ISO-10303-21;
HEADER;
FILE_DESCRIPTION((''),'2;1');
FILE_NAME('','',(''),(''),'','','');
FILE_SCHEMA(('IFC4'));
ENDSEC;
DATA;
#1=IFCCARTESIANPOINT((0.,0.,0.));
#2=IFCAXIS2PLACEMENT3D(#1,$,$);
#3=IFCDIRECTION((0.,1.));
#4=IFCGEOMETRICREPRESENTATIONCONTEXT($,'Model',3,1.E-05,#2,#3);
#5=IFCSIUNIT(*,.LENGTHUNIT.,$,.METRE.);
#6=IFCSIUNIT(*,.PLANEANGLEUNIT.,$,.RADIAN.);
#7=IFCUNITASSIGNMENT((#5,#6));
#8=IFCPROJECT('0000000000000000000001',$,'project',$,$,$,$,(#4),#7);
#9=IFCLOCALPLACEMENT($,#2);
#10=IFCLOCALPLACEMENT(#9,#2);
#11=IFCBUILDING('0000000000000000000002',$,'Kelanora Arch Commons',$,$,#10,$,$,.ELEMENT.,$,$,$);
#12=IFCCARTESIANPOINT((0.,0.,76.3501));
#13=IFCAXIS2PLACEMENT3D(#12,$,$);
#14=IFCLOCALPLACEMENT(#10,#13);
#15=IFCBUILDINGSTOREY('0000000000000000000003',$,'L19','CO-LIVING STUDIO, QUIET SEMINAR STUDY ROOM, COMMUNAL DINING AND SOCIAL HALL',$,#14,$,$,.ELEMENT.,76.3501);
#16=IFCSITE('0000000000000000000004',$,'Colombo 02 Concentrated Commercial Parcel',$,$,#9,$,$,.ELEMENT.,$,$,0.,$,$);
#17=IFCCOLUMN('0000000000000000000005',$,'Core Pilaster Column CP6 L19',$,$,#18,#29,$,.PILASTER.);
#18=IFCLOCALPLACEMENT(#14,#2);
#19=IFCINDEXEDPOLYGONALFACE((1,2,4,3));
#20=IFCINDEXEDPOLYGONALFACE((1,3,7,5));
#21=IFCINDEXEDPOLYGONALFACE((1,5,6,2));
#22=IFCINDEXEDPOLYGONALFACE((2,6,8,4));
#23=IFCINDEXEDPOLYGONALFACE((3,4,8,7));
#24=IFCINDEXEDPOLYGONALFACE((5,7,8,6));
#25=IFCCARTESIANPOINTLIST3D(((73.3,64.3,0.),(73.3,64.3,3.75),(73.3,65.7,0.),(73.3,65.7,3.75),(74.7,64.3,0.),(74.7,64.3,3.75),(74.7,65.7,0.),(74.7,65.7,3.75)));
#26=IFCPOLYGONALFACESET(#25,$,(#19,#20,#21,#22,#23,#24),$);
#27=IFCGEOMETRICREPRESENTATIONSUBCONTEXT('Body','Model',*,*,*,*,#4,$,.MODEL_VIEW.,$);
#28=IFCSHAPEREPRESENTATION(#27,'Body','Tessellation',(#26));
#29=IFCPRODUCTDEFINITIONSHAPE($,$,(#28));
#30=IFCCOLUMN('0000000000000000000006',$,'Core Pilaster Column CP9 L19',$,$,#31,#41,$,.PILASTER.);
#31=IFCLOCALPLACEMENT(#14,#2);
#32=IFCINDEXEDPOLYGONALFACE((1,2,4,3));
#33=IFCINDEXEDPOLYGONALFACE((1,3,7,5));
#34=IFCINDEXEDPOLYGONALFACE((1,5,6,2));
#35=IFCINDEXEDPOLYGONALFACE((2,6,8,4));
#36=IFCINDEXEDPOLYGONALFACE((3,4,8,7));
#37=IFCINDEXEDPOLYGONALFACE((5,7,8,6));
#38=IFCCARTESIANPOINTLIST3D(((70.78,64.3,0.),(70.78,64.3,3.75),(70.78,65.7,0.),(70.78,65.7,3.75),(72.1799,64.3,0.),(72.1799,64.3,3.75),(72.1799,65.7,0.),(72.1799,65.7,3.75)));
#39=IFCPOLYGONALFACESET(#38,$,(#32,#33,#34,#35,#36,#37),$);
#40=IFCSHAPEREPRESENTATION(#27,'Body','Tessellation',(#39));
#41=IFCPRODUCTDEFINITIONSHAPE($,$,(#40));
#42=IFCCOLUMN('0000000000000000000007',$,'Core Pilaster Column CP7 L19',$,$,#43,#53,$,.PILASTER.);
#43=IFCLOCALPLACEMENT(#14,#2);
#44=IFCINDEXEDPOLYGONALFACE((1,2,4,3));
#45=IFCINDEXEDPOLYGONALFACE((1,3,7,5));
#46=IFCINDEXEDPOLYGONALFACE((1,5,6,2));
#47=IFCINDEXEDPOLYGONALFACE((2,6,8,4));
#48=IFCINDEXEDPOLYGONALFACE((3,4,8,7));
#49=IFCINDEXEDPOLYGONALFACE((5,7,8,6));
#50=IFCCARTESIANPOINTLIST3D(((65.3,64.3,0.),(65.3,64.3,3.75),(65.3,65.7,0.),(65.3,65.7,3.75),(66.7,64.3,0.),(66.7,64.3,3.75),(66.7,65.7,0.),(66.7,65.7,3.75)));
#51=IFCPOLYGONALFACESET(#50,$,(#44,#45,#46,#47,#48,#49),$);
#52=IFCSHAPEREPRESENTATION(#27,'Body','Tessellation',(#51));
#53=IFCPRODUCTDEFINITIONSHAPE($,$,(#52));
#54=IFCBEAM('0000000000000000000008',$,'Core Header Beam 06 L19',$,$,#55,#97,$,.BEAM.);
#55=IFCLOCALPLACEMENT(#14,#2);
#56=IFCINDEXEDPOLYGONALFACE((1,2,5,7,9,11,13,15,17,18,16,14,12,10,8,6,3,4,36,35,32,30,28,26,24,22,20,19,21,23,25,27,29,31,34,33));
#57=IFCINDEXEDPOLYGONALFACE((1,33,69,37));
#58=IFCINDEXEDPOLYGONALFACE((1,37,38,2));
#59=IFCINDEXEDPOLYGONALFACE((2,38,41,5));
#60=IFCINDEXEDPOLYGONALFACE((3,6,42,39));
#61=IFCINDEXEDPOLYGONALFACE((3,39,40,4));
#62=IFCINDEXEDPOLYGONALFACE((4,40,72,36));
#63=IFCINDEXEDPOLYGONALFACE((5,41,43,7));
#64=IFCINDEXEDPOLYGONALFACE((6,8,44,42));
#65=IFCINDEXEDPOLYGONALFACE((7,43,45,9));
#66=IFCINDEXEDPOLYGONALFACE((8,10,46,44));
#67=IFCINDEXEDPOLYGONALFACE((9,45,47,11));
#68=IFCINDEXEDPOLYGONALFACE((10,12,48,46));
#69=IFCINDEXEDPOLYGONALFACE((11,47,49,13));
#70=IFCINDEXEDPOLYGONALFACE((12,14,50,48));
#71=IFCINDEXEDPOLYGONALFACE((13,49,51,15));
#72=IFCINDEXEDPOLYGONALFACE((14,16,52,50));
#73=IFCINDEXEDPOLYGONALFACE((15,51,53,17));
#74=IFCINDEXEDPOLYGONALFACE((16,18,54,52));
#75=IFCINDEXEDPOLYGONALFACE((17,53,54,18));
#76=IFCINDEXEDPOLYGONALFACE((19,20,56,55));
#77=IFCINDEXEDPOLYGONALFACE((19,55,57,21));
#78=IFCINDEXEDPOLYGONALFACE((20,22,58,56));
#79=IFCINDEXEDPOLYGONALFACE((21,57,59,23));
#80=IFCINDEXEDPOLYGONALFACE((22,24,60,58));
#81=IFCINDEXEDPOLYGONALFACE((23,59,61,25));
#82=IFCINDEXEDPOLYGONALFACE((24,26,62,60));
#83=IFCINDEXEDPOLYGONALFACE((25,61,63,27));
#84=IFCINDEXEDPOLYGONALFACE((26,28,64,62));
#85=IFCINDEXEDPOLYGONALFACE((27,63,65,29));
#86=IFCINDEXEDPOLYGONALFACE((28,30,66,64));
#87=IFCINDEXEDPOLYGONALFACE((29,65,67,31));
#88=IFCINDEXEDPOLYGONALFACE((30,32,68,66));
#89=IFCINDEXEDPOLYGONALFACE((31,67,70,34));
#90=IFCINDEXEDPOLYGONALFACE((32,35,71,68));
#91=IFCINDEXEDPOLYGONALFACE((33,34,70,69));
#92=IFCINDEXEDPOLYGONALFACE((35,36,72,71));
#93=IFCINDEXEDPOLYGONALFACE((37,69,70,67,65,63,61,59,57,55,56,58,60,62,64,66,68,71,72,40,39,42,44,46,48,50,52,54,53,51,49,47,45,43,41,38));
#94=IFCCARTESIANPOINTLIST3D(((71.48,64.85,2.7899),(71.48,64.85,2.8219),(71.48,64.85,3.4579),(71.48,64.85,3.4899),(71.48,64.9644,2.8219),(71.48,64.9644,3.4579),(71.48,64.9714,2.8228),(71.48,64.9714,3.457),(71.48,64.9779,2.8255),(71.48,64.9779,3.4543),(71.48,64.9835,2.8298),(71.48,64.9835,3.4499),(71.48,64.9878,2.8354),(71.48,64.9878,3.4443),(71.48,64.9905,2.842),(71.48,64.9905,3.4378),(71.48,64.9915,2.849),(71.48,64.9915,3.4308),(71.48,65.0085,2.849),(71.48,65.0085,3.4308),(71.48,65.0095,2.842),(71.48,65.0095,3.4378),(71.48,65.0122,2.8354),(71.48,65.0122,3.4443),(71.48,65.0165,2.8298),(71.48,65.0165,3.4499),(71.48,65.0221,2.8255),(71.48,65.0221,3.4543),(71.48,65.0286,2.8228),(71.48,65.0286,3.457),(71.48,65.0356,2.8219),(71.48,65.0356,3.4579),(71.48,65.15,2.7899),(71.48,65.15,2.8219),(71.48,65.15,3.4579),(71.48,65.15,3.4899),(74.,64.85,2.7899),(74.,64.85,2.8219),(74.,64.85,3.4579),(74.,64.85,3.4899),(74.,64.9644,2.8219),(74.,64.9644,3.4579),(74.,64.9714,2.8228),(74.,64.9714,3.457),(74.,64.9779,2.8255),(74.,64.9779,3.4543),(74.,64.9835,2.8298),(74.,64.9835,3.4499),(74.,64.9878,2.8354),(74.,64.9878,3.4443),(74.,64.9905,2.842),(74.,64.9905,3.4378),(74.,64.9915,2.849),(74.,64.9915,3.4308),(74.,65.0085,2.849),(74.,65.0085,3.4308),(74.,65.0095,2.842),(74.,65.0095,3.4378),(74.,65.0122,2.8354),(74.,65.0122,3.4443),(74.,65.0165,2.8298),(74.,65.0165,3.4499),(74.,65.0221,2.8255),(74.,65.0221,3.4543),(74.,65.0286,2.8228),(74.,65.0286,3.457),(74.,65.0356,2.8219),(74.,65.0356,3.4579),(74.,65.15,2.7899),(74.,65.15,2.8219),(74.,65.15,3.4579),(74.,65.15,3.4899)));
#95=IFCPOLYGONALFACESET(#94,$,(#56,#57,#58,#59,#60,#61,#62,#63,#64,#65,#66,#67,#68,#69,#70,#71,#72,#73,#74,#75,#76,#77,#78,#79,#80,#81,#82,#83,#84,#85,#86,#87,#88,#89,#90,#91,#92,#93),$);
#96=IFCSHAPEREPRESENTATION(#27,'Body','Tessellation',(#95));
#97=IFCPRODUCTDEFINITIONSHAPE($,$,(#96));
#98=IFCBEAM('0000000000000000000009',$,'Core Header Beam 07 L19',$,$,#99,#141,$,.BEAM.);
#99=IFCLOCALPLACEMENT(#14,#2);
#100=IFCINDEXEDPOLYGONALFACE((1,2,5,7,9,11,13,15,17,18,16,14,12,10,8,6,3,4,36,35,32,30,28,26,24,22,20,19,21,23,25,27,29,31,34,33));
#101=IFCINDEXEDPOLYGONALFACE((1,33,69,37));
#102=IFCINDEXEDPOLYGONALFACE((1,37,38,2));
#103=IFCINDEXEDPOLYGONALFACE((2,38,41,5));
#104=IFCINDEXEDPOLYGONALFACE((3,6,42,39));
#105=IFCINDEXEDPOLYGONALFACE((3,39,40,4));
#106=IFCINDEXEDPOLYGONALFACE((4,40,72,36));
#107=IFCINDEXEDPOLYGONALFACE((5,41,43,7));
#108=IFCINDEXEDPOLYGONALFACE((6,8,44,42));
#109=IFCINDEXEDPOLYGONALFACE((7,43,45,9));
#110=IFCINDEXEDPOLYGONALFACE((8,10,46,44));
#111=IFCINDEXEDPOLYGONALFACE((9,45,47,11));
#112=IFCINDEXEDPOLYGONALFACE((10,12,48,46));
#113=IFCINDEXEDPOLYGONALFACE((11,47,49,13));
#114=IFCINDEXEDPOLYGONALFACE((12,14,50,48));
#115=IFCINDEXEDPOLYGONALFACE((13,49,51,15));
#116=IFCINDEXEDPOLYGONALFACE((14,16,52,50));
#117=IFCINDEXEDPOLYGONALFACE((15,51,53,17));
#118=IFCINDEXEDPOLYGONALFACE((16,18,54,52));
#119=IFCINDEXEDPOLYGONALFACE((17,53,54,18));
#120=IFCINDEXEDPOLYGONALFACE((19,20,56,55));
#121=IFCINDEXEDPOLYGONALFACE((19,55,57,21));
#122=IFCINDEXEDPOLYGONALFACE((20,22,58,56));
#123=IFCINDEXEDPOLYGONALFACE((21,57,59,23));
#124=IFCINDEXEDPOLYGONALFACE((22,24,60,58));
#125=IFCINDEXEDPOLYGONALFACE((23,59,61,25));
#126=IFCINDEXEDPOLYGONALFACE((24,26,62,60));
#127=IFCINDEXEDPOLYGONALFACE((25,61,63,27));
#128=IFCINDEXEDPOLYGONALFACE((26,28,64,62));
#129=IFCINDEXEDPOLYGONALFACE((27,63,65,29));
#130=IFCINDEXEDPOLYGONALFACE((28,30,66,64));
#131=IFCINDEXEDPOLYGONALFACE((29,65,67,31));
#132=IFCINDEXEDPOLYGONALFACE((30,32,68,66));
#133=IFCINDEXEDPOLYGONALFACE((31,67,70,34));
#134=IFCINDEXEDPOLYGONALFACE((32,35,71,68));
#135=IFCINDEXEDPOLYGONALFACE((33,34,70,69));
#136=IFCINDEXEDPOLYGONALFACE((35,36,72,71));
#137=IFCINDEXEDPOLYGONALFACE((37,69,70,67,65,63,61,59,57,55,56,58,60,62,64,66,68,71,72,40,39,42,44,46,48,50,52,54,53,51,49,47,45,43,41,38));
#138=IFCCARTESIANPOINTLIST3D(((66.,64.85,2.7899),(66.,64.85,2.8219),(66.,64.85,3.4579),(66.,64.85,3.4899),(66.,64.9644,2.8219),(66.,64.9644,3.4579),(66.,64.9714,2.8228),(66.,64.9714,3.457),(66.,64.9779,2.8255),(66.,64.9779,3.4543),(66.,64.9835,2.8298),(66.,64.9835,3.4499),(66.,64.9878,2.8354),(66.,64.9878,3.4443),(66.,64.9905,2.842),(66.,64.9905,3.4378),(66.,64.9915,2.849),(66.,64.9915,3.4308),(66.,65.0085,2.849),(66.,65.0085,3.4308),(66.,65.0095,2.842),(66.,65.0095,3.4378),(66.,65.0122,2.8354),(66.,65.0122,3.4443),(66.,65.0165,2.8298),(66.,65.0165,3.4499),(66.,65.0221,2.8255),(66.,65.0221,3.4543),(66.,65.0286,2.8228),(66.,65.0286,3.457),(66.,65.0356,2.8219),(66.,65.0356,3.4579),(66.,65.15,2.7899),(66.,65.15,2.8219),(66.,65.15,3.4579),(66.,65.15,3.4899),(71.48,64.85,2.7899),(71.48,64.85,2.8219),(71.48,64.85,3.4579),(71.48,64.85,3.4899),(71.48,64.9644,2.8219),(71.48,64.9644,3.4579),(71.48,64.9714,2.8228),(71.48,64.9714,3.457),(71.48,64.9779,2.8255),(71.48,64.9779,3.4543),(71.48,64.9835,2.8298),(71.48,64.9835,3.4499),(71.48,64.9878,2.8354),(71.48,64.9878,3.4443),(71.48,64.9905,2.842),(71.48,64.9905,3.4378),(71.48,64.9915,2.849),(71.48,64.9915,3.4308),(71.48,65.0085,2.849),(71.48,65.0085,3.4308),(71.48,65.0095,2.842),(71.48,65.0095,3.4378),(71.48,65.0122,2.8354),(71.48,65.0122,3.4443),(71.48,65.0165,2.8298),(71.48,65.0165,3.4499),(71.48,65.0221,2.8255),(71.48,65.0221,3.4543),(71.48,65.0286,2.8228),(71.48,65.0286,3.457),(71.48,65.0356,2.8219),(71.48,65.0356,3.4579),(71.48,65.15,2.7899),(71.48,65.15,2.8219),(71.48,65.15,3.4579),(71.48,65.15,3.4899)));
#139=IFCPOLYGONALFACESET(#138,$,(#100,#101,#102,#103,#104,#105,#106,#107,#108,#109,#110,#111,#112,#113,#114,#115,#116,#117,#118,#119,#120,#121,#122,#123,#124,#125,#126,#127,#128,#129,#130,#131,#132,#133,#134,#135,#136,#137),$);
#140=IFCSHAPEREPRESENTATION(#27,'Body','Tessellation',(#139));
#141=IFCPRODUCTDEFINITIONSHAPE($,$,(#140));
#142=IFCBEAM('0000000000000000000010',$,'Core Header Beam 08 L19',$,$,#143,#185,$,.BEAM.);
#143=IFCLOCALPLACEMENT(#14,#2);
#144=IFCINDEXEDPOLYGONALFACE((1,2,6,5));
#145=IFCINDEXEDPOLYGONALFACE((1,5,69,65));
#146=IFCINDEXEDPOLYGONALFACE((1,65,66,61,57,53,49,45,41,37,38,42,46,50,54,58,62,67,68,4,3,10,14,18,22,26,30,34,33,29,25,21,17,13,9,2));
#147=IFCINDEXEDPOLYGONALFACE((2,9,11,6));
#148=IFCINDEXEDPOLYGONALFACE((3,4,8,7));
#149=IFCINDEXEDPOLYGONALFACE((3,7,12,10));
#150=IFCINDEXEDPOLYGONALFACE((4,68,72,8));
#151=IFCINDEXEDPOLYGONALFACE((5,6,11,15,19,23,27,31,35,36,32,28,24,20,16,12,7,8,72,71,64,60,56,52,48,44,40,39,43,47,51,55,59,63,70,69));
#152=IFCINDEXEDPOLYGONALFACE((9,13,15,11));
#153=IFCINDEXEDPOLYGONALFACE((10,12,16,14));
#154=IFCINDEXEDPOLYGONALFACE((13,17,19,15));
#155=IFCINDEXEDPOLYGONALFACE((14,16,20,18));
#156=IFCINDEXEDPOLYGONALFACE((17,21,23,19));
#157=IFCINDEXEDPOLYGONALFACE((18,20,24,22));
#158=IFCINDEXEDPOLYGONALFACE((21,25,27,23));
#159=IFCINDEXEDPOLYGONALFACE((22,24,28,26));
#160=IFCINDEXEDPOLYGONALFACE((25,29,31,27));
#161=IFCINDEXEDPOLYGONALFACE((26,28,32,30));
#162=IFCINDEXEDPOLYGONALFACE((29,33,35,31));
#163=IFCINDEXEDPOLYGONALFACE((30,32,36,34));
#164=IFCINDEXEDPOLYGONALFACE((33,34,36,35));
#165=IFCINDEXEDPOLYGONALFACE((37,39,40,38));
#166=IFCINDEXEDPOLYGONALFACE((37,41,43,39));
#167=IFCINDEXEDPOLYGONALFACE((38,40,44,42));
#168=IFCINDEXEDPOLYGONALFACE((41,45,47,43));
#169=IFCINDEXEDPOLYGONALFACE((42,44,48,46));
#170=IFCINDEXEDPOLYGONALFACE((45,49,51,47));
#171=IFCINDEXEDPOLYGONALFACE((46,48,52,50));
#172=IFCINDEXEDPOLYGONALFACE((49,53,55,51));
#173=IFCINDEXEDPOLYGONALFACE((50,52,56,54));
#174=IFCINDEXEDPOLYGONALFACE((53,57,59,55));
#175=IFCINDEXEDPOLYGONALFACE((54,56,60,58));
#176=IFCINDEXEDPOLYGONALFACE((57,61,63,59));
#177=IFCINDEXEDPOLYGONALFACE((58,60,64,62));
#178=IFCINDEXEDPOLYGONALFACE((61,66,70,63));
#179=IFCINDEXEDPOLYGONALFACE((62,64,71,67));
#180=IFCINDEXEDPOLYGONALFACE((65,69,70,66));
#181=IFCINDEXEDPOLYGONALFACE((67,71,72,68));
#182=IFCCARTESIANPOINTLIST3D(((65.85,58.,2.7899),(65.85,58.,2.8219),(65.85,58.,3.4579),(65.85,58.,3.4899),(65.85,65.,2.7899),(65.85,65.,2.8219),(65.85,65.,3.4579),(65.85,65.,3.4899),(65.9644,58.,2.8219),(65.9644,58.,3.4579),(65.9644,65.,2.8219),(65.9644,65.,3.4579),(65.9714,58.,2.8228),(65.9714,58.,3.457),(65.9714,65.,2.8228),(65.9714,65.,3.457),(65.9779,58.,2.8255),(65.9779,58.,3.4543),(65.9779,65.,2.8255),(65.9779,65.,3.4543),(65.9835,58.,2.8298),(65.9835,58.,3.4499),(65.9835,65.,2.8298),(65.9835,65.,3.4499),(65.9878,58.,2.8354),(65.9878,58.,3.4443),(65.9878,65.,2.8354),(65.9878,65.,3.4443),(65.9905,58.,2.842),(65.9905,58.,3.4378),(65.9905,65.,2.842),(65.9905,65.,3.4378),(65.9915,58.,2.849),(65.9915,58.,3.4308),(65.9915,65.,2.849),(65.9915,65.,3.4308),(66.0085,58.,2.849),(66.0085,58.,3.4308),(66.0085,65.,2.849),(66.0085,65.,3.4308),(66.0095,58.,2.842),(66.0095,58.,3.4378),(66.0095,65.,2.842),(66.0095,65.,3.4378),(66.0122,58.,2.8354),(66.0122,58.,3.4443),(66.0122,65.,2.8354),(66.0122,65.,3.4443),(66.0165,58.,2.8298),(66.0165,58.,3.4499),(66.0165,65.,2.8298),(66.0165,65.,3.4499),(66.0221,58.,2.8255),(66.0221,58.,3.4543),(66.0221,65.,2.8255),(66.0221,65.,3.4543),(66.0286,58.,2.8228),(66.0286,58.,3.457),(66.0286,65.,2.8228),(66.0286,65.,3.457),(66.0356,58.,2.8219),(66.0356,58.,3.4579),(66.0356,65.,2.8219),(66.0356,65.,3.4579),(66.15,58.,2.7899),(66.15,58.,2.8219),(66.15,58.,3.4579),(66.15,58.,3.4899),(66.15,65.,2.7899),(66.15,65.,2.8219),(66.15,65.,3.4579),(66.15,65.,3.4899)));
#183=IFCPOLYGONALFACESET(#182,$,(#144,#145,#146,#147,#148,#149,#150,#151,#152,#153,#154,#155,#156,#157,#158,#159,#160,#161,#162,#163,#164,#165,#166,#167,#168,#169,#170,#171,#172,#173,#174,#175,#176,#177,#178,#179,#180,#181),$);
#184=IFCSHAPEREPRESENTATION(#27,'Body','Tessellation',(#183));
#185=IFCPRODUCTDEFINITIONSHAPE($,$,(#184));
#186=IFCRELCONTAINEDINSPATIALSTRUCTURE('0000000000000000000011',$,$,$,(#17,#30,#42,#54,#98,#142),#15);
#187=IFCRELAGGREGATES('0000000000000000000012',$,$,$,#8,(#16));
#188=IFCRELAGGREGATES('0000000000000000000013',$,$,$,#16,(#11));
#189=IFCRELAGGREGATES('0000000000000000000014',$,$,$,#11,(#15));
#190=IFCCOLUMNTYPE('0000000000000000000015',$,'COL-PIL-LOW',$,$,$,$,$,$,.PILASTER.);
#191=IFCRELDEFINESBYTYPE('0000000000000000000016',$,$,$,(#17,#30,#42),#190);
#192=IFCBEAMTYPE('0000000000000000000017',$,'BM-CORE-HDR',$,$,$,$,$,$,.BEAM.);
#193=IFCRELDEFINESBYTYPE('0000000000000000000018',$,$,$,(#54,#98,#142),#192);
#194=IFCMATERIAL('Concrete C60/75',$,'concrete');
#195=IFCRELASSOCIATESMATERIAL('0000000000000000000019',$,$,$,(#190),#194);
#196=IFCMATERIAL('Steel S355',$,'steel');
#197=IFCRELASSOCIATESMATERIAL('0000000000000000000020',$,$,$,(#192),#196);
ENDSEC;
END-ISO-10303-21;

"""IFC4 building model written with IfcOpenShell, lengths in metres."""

from ifc_helpers import new_model, si_unit, direction, frame, origin, origin_2d, place, context, subcontext, project, spatial, rectangle, i_section, extrude, material, material_profile, profile_set, type_object, element, save


model = new_model("IFC4")

# Units and contexts
model_context = context("Model", 3, precision=1e-05, world=origin(), true_north=direction((0.0, 1.0)))
body_context = subcontext(model_context, "Body", "Model", "MODEL_VIEW")
ifc_project = project(units=[si_unit("LENGTHUNIT", "METRE"), si_unit("PLANEANGLEUNIT", "RADIAN")], contexts=[model_context])

# Site, building, storey
site_placement = place(None, origin())
site = spatial("IfcSite", under=ifc_project, at=site_placement, Name="Colombo 02 Concentrated Commercial Parcel", CompositionType="ELEMENT", RefElevation=0.0)
building_placement = place(site_placement, origin())
building = spatial("IfcBuilding", under=site, at=building_placement, Name="Kelanora Arch Commons", CompositionType="ELEMENT")
storey_placement = place(building_placement, frame((0.0, 0.0, 76.3501)))
storey = spatial("IfcBuildingStorey", under=building, at=storey_placement, Name="L19", Description="CO-LIVING STUDIO, QUIET SEMINAR STUDY ROOM, COMMUNAL DINING AND SOCIAL HALL", CompositionType="ELEMENT", Elevation=76.3501)

# Columns
ifc_material_1 = material(Name="Concrete C60/75", Category="concrete")
ifc_material_profile_1 = material_profile(ifc_material_1, rectangle(XDim=1.3999, YDim=1.3999, at=origin_2d()), Name="RC1400x1400")
ifc_profile_set_1 = profile_set([ifc_material_profile_1], Name="Concrete C60/75")
column_type = type_object("IfcColumnType", Name="COL-PIL-LOW", PredefinedType="PILASTER", material=ifc_profile_set_1)
for number, where, z_axis, x_axis, name in (
    (1, (74.0, 65.0, 0.0), (0.0, 0.0, 1.0), (1.0, 0.0, 0.0), "Core Pilaster Column CP6 L19"),
    (2, (71.48, 65.0, 0.0), (0.0, 0.0, 1.0), (1.0, 0.0, 0.0), "Core Pilaster Column CP9 L19"),
    (3, (66.0, 65.0, 0.0), (0.0, 0.0, 1.0), (1.0, 0.0, 0.0), "Core Pilaster Column CP7 L19"),
):
    element("IfcColumn", number, at=place(storey_placement, frame(where, z_axis=z_axis, x_axis=x_axis)), inside=storey, type_object=column_type, Name=name, PredefinedType="PILASTER", context=body_context, shape_type="SweptSolid", body=[
        extrude(rectangle(XDim=1.3999, YDim=1.3999, at=origin_2d()), origin(), (0.0, 0.0, 1.0), 3.75),
    ])

# Beams
ifc_material_2 = material(Name="Steel S355", Category="steel")
ifc_material_profile_2 = material_profile(ifc_material_2, i_section(OverallWidth=0.3, OverallDepth=0.7, WebThickness=0.0171, FlangeThickness=0.032, FilletRadius=0.0271, at=origin_2d()), Name="HEB700")
ifc_profile_set_2 = profile_set([ifc_material_profile_2], Name="Steel S355")
beam_type_1 = type_object("IfcBeamType", Name="BM-CORE-HDR", PredefinedType="BEAM", material=ifc_profile_set_2)
beam_1_placement = place(storey_placement, frame((74.0, 65.0, 3.1399), z_axis=(-1.0, 0.0, 0.0), x_axis=(0.0, -1.0, 0.0)))
element("IfcBeam", 4, at=beam_1_placement, inside=storey, type_object=beam_type_1, Name="Core Header Beam 06 L19", PredefinedType="BEAM", context=body_context, shape_type="SweptSolid", body=[
    extrude(i_section(OverallWidth=0.3, OverallDepth=0.7, WebThickness=0.0171, FlangeThickness=0.032, FilletRadius=0.0271, at=origin_2d()), origin(), (0.0, 0.0, 1.0), 2.52),
])
beam_2_placement = place(storey_placement, frame((71.48, 65.0, 3.1399), z_axis=(-1.0, 0.0, 0.0), x_axis=(0.0, -1.0, 0.0)))
element("IfcBeam", 5, at=beam_2_placement, inside=storey, type_object=beam_type_1, Name="Core Header Beam 07 L19", PredefinedType="BEAM", context=body_context, shape_type="SweptSolid", body=[
    extrude(i_section(OverallWidth=0.3, OverallDepth=0.7, WebThickness=0.0171, FlangeThickness=0.032, FilletRadius=0.0271, at=origin_2d()), origin(), (0.0, 0.0, 1.0), 5.48),
])
beam_3_placement = place(storey_placement, frame((66.0, 65.0, 3.1399), z_axis=(0.0, -1.0, 0.0), x_axis=(1.0, 0.0, 0.0)))
element("IfcBeam", 6, at=beam_3_placement, inside=storey, type_object=beam_type_1, Name="Core Header Beam 08 L19", PredefinedType="BEAM", context=body_context, shape_type="SweptSolid", body=[
    extrude(i_section(OverallWidth=0.3, OverallDepth=0.7, WebThickness=0.0171, FlangeThickness=0.032, FilletRadius=0.0271, at=origin_2d()), origin(), (0.0, 0.0, 1.0), 7.0),
])

save(model, "model.ifc")
